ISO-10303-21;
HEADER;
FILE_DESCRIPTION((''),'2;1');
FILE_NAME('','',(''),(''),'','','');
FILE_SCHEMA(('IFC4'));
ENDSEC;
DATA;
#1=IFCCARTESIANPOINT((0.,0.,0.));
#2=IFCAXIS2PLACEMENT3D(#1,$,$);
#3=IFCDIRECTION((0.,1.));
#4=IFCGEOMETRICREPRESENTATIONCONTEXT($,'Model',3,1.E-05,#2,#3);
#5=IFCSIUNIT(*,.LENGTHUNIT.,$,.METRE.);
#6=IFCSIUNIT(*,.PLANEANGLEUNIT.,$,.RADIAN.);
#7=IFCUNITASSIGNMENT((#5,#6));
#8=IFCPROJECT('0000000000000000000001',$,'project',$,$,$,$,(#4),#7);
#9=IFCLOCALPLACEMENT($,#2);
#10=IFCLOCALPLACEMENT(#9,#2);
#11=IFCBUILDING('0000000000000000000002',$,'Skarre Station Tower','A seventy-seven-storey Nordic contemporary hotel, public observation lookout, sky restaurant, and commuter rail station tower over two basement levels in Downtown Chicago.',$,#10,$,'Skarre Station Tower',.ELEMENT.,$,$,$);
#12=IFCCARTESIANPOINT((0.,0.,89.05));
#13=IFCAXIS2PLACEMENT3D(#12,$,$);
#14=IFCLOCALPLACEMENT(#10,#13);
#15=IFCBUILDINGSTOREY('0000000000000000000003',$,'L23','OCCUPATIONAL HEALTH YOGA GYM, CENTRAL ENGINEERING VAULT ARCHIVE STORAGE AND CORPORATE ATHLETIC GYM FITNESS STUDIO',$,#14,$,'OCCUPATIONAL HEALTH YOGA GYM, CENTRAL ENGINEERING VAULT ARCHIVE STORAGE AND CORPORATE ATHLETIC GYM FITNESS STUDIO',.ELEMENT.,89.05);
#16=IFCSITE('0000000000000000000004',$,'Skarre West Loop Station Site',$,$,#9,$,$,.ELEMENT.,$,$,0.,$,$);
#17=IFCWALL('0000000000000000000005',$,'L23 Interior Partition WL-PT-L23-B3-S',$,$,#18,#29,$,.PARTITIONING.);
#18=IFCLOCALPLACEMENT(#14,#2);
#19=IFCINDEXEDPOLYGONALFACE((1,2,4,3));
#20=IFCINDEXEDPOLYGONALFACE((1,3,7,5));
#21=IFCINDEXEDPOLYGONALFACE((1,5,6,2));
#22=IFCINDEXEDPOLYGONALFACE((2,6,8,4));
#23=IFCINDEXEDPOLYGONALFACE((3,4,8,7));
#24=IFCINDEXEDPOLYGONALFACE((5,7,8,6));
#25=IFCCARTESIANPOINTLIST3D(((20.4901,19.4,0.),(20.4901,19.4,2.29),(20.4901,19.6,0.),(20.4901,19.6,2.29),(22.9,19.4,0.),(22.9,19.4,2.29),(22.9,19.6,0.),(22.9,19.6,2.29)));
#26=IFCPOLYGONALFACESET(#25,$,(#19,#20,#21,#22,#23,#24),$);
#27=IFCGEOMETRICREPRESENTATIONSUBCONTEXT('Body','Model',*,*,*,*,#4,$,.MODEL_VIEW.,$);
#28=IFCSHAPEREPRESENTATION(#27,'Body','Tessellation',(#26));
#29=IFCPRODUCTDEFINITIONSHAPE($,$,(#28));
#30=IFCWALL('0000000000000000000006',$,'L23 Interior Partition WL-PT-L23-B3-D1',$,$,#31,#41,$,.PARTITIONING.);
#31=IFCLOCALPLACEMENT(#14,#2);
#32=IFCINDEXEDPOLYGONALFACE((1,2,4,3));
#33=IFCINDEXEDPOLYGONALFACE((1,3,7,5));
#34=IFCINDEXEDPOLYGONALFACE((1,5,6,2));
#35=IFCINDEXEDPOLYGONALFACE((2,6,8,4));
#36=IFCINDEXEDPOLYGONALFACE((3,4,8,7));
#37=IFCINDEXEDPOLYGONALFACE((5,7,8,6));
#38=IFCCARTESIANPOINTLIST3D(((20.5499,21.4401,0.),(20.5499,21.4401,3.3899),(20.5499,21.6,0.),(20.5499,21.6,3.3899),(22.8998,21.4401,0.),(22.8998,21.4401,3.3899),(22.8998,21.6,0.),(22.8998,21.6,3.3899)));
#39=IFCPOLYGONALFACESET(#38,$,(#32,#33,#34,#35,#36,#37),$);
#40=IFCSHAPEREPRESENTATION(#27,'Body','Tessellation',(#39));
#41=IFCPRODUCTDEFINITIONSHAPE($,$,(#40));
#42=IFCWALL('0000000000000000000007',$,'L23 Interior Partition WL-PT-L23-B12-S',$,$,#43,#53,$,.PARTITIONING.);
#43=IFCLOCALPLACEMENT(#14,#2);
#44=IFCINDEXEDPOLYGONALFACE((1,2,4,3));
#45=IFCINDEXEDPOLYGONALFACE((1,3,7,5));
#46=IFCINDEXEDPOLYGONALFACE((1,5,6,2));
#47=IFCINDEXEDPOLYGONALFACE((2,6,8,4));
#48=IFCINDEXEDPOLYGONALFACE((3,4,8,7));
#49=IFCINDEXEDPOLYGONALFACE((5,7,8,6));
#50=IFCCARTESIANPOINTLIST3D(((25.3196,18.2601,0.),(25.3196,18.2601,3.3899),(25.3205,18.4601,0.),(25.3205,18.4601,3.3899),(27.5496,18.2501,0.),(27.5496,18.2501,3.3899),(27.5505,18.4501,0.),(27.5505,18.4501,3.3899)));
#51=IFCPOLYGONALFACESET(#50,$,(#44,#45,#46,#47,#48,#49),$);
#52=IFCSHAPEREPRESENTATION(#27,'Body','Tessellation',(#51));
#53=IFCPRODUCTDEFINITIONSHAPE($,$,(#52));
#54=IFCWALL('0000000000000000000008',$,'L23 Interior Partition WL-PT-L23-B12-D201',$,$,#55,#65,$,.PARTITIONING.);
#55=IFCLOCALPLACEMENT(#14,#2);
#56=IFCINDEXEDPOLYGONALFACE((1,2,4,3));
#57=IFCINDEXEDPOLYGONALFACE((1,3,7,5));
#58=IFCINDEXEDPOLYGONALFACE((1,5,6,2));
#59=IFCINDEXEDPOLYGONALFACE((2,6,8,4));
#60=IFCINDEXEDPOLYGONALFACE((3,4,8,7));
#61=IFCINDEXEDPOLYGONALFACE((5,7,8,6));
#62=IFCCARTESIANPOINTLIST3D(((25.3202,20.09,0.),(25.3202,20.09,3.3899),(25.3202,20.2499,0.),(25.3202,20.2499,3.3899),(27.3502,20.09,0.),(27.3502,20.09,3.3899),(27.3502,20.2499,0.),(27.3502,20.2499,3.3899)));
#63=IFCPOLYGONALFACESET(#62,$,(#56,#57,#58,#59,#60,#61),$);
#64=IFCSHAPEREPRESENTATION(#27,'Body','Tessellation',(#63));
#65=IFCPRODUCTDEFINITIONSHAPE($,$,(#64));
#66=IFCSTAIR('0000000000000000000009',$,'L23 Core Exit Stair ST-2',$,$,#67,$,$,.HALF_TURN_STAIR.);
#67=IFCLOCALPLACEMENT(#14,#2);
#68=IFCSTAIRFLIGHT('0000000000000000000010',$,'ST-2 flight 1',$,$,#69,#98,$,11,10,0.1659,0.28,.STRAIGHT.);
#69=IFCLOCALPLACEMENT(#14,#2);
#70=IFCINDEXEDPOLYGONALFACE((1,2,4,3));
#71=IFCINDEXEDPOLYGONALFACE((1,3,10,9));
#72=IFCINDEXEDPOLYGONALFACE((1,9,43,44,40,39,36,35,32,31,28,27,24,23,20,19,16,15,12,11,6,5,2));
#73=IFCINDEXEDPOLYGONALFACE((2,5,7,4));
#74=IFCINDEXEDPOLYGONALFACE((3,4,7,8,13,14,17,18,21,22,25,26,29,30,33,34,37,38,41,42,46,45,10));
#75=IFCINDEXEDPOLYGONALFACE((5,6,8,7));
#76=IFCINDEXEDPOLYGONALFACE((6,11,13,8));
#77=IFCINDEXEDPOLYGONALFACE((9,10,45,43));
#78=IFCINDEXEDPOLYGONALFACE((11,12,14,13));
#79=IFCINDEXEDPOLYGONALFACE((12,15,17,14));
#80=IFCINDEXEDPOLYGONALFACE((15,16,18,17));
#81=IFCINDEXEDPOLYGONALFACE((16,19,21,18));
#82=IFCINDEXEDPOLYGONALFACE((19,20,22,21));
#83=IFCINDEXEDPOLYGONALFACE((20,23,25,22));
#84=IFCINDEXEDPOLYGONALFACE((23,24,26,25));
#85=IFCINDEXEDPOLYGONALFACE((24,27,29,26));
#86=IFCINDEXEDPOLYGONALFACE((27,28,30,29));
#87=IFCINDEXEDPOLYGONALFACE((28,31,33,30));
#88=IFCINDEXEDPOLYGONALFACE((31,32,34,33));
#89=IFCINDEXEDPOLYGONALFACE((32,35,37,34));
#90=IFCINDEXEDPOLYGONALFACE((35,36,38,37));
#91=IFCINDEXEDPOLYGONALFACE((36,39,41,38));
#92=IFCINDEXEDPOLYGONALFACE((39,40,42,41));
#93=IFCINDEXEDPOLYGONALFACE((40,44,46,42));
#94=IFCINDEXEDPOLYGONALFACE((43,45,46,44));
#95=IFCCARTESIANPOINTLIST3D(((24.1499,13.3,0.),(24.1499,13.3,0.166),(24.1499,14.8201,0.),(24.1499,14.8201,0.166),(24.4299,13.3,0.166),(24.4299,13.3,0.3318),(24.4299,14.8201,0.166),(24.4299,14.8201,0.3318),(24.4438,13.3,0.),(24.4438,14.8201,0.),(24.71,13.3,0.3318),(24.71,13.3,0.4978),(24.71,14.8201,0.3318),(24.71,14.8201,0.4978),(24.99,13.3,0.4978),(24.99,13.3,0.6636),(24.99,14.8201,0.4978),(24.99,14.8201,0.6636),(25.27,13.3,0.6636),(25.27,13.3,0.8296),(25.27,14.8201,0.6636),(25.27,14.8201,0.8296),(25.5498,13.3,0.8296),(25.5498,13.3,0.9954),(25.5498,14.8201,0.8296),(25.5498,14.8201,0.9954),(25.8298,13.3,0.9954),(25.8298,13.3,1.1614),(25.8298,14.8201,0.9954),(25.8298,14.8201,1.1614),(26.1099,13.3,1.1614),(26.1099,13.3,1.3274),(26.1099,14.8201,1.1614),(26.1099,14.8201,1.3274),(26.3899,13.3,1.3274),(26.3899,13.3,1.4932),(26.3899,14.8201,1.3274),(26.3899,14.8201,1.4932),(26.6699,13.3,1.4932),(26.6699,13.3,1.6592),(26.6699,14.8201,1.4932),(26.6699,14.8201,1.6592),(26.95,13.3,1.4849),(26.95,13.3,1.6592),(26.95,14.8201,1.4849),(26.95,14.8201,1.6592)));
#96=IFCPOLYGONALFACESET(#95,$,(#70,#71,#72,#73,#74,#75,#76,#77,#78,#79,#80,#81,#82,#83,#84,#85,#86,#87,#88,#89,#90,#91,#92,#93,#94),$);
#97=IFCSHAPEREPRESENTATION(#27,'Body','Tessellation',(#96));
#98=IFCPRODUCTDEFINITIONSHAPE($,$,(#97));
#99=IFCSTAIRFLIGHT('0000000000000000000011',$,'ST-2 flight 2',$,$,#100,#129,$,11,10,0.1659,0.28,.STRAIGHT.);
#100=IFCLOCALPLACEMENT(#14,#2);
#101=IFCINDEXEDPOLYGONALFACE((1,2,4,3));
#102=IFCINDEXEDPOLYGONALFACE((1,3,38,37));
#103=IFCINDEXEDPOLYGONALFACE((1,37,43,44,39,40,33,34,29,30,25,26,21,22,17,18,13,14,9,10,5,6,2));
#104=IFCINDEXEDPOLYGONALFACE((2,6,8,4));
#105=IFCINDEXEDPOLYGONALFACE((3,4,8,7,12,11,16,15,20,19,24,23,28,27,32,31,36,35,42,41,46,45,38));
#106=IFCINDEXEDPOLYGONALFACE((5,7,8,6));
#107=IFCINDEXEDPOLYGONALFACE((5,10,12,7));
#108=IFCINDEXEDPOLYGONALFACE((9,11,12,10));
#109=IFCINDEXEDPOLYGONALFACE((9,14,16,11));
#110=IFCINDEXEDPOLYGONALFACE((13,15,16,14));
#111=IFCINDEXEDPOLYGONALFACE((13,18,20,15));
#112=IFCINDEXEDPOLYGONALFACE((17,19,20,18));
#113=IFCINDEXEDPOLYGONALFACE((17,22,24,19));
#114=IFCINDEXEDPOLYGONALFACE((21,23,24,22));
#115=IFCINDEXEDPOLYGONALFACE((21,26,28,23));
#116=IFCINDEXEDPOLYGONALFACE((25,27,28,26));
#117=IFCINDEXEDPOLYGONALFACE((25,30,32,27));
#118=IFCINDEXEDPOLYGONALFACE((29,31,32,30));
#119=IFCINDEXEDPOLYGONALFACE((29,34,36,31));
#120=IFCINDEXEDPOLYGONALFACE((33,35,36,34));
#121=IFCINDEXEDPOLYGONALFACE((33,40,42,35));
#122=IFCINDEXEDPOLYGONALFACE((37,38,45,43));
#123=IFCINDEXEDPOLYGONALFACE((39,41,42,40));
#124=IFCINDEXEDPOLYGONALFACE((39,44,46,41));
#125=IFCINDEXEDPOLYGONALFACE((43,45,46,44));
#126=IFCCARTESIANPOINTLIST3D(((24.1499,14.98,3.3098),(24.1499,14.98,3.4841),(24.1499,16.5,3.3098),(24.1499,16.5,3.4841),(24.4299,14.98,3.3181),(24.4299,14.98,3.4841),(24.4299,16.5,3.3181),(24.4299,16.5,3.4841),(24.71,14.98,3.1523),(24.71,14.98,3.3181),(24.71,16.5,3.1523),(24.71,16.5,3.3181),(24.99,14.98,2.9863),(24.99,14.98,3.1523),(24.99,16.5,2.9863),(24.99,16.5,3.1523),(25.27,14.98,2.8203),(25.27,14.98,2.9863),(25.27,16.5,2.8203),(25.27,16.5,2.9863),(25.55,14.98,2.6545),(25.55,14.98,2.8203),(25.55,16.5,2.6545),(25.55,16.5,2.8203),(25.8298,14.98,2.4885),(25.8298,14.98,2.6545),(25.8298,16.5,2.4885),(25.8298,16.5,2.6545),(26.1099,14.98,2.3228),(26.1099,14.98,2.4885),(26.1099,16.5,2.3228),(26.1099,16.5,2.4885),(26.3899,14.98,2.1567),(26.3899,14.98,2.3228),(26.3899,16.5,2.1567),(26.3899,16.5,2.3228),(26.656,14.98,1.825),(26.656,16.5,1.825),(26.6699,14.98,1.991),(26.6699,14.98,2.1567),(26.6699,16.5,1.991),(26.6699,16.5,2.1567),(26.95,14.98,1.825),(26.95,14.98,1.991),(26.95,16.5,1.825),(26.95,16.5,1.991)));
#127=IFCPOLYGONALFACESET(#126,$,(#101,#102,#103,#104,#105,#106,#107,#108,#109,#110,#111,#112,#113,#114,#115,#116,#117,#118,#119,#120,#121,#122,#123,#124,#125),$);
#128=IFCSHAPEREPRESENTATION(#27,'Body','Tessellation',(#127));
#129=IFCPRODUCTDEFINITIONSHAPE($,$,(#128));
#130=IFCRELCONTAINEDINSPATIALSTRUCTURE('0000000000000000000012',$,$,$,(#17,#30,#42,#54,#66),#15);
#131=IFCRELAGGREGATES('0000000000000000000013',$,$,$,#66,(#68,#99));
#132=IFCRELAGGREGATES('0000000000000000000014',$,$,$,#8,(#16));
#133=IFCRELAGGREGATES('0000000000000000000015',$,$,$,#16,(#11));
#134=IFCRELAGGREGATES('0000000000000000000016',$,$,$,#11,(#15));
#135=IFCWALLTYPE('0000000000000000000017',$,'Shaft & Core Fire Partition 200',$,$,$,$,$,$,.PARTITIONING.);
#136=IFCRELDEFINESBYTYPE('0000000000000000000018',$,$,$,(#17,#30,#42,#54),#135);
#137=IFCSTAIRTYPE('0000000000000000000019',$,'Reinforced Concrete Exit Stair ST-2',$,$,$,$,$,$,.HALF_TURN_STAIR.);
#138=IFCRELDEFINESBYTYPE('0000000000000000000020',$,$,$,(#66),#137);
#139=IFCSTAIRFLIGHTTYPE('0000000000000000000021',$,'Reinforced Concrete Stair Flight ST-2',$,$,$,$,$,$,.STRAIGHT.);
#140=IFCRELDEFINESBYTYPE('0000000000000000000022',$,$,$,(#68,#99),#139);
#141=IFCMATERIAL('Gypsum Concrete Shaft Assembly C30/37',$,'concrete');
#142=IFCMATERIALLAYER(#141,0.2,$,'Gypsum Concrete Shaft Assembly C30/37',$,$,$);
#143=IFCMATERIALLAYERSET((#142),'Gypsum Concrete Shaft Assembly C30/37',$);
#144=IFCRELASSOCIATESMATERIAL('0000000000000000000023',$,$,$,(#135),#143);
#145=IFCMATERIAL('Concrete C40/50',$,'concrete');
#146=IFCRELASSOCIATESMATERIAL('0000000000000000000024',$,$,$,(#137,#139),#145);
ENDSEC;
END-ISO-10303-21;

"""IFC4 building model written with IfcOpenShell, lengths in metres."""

from ifc_helpers import new_model, si_unit, direction, frame, frame_2d, origin, place, context, subcontext, project, spatial, polyline, rectangle, outline, extrude, material, layer, layer_set, type_object, element, aggregate, save


model = new_model("IFC4")

# Units and contexts
model_context = context("Model", 3, precision=1e-05, world=origin(), true_north=direction((0.0, 1.0)))
body_context = subcontext(model_context, "Body", "Model", "MODEL_VIEW")
ifc_project = project(units=[si_unit("LENGTHUNIT", "METRE"), si_unit("PLANEANGLEUNIT", "RADIAN")], contexts=[model_context])

# Site, building, storey
site_placement = place(None, origin())
site = spatial("IfcSite", under=ifc_project, at=site_placement, Name="Skarre West Loop Station Site", CompositionType="ELEMENT", RefElevation=0.0)
building_placement = place(site_placement, origin())
building = spatial("IfcBuilding", under=site, at=building_placement, Name="Skarre Station Tower", Description="A seventy-seven-storey Nordic contemporary hotel, public observation lookout, sky restaurant, and commuter rail station tower over two basement levels in Downtown Chicago.", LongName="Skarre Station Tower", CompositionType="ELEMENT")
storey_placement = place(building_placement, frame((0.0, 0.0, 89.05)))
storey = spatial("IfcBuildingStorey", under=building, at=storey_placement, Name="L23", Description="OCCUPATIONAL HEALTH YOGA GYM, CENTRAL ENGINEERING VAULT ARCHIVE STORAGE AND CORPORATE ATHLETIC GYM FITNESS STUDIO", LongName="OCCUPATIONAL HEALTH YOGA GYM, CENTRAL ENGINEERING VAULT ARCHIVE STORAGE AND CORPORATE ATHLETIC GYM FITNESS STUDIO", CompositionType="ELEMENT", Elevation=89.05)

# Walls
ifc_material_1 = material(Name="Gypsum Concrete Shaft Assembly C30/37", Category="concrete")
ifc_layer_1 = layer(ifc_material_1, 0.2, Name="Gypsum Concrete Shaft Assembly C30/37")
ifc_layer_set_1 = layer_set([ifc_layer_1], Name="Gypsum Concrete Shaft Assembly C30/37")
wall_type_1 = type_object("IfcWallType", Name="Shaft & Core Fire Partition 200", PredefinedType="PARTITIONING", material=ifc_layer_set_1)
wall_1_placement = place(storey_placement, frame((20.49, 19.5, 0.0), z_axis=(0.0, 0.0, 1.0), x_axis=(1.0, 0.0, 0.0)))
element("IfcWall", 1, at=wall_1_placement, inside=storey, type_object=wall_type_1, Name="L23 Interior Partition WL-PT-L23-B3-S", PredefinedType="PARTITIONING", context=body_context, shape_type="SweptSolid", body=[
    extrude(rectangle(XDim=2.4099, YDim=0.2, at=frame_2d((1.2051, 0.0))), origin(), (0.0, 0.0, 1.0), 2.29),
])
wall_2_placement = place(storey_placement, frame((20.55, 21.52, 0.0), z_axis=(0.0, 0.0, 1.0), x_axis=(1.0, 0.0, 0.0)))
element("IfcWall", 2, at=wall_2_placement, inside=storey, type_object=wall_type_1, Name="L23 Interior Partition WL-PT-L23-B3-D1", PredefinedType="PARTITIONING", context=body_context, shape_type="SweptSolid", body=[
    extrude(rectangle(XDim=2.3499, YDim=0.1599, at=frame_2d((1.1748, 0.0))), origin(), (0.0, 0.0, 1.0), 3.3899),
])
wall_3_placement = place(storey_placement, frame((25.3201, 18.3601, 0.0), z_axis=(0.0, 0.0, 1.0), x_axis=(0.99999, -0.004489, 0.0)))
element("IfcWall", 3, at=wall_3_placement, inside=storey, type_object=wall_type_1, Name="L23 Interior Partition WL-PT-L23-B12-S", PredefinedType="PARTITIONING", context=body_context, shape_type="SweptSolid", body=[
    extrude(rectangle(XDim=2.23, YDim=0.2, at=frame_2d((1.115, 0.0))), origin(), (0.0, 0.0, 1.0), 3.3899),
])
wall_4_placement = place(storey_placement, frame((25.3201, 20.1699, 0.0), z_axis=(0.0, 0.0, 1.0), x_axis=(1.0, 0.0, 0.0)))
element("IfcWall", 4, at=wall_4_placement, inside=storey, type_object=wall_type_1, Name="L23 Interior Partition WL-PT-L23-B12-D201", PredefinedType="PARTITIONING", context=body_context, shape_type="SweptSolid", body=[
    extrude(rectangle(XDim=2.03, YDim=0.1599, at=frame_2d((1.0151, 0.0))), origin(), (0.0, 0.0, 1.0), 3.3899),
])

# Stair, stair flights
ifc_material_2 = material(Name="Concrete C40/50", Category="concrete")
stair_type = type_object("IfcStairType", Name="Reinforced Concrete Exit Stair ST-2", PredefinedType="HALF_TURN_STAIR", material=ifc_material_2)
stair_placement = place(storey_placement, origin())
stair = element("IfcStair", 5, at=stair_placement, inside=storey, type_object=stair_type, Name="L23 Core Exit Stair ST-2", PredefinedType="HALF_TURN_STAIR")
stair_flight_type = type_object("IfcStairFlightType", Name="Reinforced Concrete Stair Flight ST-2", PredefinedType="STRAIGHT", material=ifc_material_2)
stair_flight_1_placement = place(storey_placement, frame((24.1499, 14.0601, 0.0), z_axis=(0.0, 0.0, 1.0), x_axis=(1.0, 0.0, 0.0)))
stair_flight_1 = element("IfcStairFlight", 6, at=stair_flight_1_placement, type_object=stair_flight_type, Name="ST-2 flight 1", NumberOfRisers=11, NumberOfTreads=10, PredefinedType="STRAIGHT", RiserHeight=0.1659, TreadLength=0.28, context=body_context, shape_type="SweptSolid", body=[
    extrude(outline(polyline([(0.0, 0.0), (0.0, 0.166), (0.28, 0.166), (0.28, 0.3318), (0.5601, 0.3318), (0.5601, 0.4978), (0.8401, 0.4978), (0.8401, 0.6636), (1.1201, 0.6636), (1.1201, 0.8296), (1.3999, 0.8296), (1.3999, 0.9954), (1.6799, 0.9954), (1.6799, 1.1614), (1.96, 1.1614), (1.96, 1.3274), (2.24, 1.3274), (2.24, 1.4932), (2.52, 1.4932), (2.52, 1.6592), (2.8, 1.6592), (2.8, 1.825), (2.8, 1.4849), (0.2939, 0.0), (0.0, 0.0)])), frame((0.0, 0.76, 0.0), z_axis=(0.0, -1.0, 0.0), x_axis=(1.0, 0.0, 0.0)), (0.0, 0.0, 1.0), 1.52),
])
stair_flight_2_placement = place(storey_placement, frame((26.95, 15.74, 1.825), z_axis=(0.0, 0.0, 1.0), x_axis=(-1.0, 0.0, 0.0)))
stair_flight_2 = element("IfcStairFlight", 7, at=stair_flight_2_placement, type_object=stair_flight_type, Name="ST-2 flight 2", NumberOfRisers=11, NumberOfTreads=10, PredefinedType="STRAIGHT", RiserHeight=0.1659, TreadLength=0.28, context=body_context, shape_type="SweptSolid", body=[
    extrude(outline(polyline([(0.0, 0.0), (0.0, 0.166), (0.28, 0.166), (0.28, 0.3318), (0.5601, 0.3318), (0.5601, 0.4978), (0.8401, 0.4978), (0.8401, 0.6636), (1.1201, 0.6636), (1.1201, 0.8296), (1.3999, 0.8296), (1.3999, 0.9954), (1.6799, 0.9954), (1.6799, 1.1614), (1.96, 1.1614), (1.96, 1.3274), (2.24, 1.3274), (2.24, 1.4932), (2.52, 1.4932), (2.52, 1.6592), (2.8, 1.6592), (2.8, 1.825), (2.8, 1.4849), (0.2939, 0.0), (0.0, 0.0)])), frame((0.0, 0.76, 0.0), z_axis=(0.0, -1.0, 0.0), x_axis=(1.0, 0.0, 0.0)), (0.0, 0.0, 1.0), 1.52),
])
aggregate(stair, [stair_flight_1, stair_flight_2])

save(model, "model.ifc")
